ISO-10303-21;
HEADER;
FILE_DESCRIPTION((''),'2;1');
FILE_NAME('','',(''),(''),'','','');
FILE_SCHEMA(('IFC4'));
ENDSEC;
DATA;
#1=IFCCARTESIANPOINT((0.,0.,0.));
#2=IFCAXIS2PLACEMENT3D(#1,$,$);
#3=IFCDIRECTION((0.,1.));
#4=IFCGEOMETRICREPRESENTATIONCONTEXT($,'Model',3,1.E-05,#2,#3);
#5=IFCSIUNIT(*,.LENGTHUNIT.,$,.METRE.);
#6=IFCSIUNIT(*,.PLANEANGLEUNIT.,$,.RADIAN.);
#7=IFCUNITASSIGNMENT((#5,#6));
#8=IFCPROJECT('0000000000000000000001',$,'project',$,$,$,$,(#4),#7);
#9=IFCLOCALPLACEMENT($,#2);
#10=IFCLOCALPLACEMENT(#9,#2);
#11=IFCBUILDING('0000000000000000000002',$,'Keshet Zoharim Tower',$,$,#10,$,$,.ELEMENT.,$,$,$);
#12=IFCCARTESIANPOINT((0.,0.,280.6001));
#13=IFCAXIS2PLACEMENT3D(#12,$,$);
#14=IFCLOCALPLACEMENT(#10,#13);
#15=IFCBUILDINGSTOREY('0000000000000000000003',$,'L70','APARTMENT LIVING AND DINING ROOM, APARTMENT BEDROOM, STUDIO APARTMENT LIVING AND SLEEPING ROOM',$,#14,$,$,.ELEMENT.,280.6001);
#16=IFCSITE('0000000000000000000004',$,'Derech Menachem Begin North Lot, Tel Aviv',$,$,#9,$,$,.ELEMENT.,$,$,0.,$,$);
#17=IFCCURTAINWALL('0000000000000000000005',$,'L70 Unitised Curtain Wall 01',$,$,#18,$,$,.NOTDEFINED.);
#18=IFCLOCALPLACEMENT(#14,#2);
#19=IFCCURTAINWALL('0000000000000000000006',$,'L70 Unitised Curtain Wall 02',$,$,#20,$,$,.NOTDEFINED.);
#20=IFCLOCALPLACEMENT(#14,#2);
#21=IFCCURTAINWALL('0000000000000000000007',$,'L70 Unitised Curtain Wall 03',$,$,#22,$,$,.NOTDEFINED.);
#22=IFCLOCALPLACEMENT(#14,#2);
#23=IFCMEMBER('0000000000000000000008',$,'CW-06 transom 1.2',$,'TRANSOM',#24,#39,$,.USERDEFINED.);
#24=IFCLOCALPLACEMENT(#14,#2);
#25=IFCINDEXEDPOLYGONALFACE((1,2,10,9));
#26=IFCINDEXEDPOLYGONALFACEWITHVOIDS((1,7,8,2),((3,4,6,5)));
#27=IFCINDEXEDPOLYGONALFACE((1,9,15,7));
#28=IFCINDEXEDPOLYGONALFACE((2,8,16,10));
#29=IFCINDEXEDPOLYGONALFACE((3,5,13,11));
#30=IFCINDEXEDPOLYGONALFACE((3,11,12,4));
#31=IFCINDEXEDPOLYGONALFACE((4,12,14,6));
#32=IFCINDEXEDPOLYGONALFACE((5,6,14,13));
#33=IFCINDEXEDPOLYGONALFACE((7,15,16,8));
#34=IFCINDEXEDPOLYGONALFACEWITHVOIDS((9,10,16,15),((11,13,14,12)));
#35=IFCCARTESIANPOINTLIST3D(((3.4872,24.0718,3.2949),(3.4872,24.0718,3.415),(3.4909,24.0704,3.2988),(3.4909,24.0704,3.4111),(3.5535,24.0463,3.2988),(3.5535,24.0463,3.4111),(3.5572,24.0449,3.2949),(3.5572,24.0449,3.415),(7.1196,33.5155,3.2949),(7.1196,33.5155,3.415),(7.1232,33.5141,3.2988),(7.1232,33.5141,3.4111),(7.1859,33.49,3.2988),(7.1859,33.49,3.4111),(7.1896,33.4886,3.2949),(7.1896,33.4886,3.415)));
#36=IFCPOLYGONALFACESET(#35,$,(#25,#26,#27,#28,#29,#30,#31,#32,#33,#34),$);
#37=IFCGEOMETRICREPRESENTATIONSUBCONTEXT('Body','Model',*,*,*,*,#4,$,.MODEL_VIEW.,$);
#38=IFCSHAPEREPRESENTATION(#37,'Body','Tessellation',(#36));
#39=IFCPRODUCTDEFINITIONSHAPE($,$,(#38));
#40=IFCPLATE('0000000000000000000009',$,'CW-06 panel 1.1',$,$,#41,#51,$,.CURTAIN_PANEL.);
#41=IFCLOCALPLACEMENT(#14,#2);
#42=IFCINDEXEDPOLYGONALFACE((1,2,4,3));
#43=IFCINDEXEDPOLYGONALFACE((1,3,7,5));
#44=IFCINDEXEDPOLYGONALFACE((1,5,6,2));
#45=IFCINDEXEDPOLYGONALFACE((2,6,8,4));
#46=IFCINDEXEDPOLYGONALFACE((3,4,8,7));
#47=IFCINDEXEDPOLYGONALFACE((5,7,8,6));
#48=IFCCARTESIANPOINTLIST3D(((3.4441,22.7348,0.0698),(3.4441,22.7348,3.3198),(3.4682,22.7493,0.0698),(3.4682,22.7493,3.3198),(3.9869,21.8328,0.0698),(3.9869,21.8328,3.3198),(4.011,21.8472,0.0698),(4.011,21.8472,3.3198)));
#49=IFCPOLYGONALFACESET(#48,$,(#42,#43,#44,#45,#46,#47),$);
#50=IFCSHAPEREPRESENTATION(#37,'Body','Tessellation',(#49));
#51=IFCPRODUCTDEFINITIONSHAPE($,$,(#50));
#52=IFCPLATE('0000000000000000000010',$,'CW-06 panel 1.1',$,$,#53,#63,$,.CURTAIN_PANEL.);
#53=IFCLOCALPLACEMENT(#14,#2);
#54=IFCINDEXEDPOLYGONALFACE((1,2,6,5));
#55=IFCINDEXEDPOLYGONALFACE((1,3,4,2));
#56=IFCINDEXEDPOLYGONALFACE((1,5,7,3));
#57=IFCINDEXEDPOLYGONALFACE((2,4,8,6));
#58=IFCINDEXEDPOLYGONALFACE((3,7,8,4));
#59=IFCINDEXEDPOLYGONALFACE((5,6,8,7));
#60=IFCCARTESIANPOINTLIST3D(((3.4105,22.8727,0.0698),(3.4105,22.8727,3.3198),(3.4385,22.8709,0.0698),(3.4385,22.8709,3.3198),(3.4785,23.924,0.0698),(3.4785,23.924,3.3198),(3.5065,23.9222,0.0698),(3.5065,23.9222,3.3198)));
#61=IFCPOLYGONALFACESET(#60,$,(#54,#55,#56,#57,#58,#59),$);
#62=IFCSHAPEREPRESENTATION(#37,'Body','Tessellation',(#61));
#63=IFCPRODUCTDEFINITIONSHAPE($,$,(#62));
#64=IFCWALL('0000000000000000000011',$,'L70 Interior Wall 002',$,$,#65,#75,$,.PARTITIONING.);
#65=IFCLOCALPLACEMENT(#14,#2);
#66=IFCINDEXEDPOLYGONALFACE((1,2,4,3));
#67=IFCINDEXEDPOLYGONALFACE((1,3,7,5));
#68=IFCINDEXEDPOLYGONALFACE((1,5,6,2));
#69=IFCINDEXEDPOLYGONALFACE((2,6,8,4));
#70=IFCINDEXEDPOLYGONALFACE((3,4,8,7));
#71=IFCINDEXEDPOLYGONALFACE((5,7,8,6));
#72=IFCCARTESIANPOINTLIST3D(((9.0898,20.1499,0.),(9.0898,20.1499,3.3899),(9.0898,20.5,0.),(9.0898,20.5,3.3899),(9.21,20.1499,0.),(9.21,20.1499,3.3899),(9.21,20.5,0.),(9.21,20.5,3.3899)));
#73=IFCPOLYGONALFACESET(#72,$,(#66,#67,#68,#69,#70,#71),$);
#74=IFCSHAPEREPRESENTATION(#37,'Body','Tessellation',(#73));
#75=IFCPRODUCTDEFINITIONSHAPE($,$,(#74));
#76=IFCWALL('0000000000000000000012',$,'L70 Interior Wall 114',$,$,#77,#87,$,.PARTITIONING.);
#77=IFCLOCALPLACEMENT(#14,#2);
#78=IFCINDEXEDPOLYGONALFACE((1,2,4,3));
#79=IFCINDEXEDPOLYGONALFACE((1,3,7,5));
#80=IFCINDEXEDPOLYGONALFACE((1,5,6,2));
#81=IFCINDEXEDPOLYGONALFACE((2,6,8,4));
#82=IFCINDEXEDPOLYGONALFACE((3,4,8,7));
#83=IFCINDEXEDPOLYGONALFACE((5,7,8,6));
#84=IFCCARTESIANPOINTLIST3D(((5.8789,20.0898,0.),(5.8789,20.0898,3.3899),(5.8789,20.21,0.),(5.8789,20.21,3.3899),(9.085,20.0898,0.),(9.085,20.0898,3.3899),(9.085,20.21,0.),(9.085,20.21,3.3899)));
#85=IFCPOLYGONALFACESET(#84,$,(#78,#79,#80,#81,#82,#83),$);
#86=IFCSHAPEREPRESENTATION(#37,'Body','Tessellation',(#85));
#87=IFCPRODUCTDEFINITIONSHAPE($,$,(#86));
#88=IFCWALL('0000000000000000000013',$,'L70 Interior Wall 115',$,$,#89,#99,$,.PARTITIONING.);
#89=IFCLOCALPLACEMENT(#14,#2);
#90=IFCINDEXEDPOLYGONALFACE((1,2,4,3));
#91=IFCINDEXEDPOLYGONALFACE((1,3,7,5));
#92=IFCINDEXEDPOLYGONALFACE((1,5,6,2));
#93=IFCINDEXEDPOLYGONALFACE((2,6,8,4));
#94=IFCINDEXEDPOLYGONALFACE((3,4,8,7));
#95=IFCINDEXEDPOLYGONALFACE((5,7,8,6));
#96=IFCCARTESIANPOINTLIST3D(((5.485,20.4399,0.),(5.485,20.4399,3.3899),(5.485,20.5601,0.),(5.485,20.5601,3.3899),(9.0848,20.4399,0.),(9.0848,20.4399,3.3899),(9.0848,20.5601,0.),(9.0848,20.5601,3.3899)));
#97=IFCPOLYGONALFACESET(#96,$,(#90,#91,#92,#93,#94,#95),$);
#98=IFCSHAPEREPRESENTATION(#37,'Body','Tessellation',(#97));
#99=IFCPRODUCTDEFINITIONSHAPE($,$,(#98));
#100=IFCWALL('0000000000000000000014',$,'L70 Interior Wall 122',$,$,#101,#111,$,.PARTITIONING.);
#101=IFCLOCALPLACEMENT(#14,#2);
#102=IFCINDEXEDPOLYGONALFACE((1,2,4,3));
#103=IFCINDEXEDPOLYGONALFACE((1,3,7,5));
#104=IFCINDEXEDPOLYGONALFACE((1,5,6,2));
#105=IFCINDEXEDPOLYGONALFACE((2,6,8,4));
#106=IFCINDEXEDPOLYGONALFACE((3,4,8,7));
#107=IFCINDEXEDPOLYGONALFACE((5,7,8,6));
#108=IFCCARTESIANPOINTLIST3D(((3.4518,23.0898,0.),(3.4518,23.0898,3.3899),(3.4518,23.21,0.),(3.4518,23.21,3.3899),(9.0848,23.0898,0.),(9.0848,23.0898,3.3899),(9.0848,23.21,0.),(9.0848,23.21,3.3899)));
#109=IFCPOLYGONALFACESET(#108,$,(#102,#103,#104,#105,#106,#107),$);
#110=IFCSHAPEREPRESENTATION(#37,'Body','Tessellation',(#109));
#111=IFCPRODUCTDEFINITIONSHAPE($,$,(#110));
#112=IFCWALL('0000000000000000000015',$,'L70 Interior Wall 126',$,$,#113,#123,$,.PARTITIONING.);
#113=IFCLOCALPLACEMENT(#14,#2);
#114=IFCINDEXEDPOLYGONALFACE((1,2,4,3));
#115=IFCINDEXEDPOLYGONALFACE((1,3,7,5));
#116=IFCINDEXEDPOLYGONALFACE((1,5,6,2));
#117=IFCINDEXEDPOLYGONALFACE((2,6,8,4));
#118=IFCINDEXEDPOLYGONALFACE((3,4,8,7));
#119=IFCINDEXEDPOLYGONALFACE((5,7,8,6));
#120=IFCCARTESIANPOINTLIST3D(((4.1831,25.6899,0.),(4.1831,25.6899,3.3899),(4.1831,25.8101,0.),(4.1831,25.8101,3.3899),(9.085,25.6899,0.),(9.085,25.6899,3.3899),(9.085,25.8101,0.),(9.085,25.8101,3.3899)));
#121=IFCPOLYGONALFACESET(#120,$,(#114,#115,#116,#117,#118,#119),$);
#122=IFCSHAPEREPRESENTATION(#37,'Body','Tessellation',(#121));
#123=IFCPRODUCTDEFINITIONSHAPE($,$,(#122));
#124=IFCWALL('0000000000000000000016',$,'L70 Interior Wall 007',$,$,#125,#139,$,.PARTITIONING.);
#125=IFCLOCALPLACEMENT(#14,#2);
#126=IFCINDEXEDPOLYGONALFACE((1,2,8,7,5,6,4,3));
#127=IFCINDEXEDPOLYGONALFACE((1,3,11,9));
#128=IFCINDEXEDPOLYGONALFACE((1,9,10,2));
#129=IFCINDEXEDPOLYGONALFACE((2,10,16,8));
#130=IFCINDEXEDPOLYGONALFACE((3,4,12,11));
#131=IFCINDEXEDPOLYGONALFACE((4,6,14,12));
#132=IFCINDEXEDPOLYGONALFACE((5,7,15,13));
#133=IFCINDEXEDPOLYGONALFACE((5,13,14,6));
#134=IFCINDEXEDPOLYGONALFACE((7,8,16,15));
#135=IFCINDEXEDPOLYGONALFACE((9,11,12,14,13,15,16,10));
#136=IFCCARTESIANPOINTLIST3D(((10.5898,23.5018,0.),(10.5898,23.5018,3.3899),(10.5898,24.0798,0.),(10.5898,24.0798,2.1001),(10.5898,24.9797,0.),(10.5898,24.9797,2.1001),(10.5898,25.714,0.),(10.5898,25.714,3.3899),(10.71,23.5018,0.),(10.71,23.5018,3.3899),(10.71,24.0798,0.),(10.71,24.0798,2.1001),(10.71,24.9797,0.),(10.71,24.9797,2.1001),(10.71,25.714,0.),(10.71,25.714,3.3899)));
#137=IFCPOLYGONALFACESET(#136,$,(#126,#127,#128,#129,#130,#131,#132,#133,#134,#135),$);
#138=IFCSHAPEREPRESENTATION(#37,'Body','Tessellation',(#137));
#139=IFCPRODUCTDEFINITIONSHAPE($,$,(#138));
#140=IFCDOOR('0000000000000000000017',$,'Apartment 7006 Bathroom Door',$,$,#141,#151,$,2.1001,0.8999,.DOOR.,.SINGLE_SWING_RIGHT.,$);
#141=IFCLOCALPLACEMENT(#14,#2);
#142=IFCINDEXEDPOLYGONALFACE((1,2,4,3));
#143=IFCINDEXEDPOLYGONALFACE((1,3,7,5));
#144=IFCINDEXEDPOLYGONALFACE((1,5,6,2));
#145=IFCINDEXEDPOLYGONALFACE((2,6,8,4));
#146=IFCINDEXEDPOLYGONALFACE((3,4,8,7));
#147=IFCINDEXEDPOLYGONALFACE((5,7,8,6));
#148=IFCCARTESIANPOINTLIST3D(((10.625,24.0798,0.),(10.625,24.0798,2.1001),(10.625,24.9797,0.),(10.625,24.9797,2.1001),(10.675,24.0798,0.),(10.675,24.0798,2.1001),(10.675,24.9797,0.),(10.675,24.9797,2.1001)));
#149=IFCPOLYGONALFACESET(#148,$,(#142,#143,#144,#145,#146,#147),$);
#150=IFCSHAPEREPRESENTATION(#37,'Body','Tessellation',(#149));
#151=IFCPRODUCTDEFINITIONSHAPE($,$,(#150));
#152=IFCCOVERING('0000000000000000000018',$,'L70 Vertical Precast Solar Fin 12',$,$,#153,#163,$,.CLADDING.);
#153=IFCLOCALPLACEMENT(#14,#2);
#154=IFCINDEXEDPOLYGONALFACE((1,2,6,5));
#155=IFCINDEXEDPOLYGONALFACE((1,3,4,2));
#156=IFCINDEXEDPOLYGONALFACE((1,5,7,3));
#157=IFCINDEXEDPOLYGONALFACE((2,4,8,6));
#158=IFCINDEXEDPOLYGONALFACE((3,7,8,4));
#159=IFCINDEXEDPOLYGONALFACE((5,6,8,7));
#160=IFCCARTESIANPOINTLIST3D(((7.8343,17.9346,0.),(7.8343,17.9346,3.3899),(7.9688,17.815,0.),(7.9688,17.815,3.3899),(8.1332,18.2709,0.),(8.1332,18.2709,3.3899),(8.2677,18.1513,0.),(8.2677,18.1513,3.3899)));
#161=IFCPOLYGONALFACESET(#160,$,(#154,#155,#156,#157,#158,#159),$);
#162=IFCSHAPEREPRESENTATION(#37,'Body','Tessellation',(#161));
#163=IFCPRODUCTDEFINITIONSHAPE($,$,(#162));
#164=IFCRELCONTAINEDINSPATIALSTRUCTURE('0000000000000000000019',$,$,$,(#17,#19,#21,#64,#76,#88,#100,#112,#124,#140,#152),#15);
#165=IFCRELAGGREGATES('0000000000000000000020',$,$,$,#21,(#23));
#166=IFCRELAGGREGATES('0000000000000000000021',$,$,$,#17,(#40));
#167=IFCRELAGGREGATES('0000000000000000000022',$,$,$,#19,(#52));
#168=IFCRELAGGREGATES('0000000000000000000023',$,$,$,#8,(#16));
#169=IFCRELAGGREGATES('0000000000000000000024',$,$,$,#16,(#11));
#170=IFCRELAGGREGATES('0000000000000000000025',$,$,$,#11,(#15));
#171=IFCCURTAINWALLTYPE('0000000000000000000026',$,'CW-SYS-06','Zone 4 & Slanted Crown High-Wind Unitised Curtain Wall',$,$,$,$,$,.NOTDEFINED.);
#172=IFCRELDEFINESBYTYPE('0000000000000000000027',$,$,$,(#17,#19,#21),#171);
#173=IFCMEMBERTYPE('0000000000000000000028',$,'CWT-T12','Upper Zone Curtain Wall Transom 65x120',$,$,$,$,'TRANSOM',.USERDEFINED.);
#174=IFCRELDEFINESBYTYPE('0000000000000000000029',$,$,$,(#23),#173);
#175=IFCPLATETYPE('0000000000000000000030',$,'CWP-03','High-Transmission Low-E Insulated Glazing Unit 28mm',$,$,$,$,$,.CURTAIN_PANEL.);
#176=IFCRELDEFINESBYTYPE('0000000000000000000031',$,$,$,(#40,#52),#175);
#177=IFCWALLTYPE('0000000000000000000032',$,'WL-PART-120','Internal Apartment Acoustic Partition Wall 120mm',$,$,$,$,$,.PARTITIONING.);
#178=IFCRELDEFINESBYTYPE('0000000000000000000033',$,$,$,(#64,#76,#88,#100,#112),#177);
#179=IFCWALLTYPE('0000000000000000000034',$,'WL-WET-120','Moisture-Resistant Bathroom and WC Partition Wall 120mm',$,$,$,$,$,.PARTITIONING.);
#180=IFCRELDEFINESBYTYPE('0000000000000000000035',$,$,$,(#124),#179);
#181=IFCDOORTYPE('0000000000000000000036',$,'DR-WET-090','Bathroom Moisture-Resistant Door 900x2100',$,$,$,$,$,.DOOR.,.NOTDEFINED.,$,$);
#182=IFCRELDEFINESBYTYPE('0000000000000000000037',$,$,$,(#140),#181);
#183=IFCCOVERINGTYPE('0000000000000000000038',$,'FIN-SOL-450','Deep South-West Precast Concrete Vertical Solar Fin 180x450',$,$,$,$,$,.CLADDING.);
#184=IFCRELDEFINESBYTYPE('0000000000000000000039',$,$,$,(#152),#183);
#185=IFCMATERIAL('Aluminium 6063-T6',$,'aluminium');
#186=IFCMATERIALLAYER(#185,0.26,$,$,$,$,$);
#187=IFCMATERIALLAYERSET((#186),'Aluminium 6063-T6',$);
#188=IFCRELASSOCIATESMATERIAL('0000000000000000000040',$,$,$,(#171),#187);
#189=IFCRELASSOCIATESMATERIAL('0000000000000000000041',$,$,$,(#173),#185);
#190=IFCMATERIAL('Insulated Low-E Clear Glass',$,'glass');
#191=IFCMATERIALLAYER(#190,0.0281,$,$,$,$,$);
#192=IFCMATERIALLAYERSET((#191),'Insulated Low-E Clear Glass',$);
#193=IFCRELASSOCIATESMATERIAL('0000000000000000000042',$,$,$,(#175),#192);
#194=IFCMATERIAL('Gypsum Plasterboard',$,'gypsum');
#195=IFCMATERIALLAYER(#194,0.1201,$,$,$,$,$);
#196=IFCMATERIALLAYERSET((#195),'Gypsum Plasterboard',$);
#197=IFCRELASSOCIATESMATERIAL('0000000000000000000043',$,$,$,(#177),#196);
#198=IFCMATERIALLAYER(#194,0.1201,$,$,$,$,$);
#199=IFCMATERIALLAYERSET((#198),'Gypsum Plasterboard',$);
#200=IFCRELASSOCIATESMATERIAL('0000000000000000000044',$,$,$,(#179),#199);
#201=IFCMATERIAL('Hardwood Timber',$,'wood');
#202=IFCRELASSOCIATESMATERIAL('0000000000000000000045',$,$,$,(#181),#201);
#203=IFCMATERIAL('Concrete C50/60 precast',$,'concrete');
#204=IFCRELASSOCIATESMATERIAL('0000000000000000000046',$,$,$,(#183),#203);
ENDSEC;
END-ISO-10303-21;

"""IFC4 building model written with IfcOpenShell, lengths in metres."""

from ifc_helpers import new_model, si_unit, direction, frame, frame_2d, origin, origin_2d, place, context, subcontext, project, spatial, rectangle, hollow_rectangle, extrude, material, layer, layer_set, material_profile, profile_set, type_object, element, fill, aggregate, save


model = new_model("IFC4")

# Units and contexts
model_context = context("Model", 3, precision=1e-05, world=origin(), true_north=direction((0.0, 1.0)))
body_context = subcontext(model_context, "Body", "Model", "MODEL_VIEW")
ifc_project = project(units=[si_unit("LENGTHUNIT", "METRE"), si_unit("PLANEANGLEUNIT", "RADIAN")], contexts=[model_context])

# Site, building, storey
site_placement = place(None, origin())
site = spatial("IfcSite", under=ifc_project, at=site_placement, Name="Derech Menachem Begin North Lot, Tel Aviv", CompositionType="ELEMENT", RefElevation=0.0)
building_placement = place(site_placement, origin())
building = spatial("IfcBuilding", under=site, at=building_placement, Name="Keshet Zoharim Tower", CompositionType="ELEMENT")
storey_placement = place(building_placement, frame((0.0, 0.0, 280.6001)))
storey = spatial("IfcBuildingStorey", under=building, at=storey_placement, Name="L70", Description="APARTMENT LIVING AND DINING ROOM, APARTMENT BEDROOM, STUDIO APARTMENT LIVING AND SLEEPING ROOM", CompositionType="ELEMENT", Elevation=280.6001)

# Curtain walls
ifc_material_1 = material(Name="Aluminium 6063-T6", Category="aluminium")
ifc_layer_1 = layer(ifc_material_1, 0.26)
ifc_layer_set_1 = layer_set([ifc_layer_1], Name="Aluminium 6063-T6")
curtain_wall_type = type_object("IfcCurtainWallType", Name="CW-SYS-06", Description="Zone 4 & Slanted Crown High-Wind Unitised Curtain Wall", PredefinedType="NOTDEFINED", material=ifc_layer_set_1)
curtain_wall_1_placement = place(storey_placement, origin())
curtain_wall_1 = element("IfcCurtainWall", 1, at=curtain_wall_1_placement, inside=storey, type_object=curtain_wall_type, Name="L70 Unitised Curtain Wall 01", PredefinedType="NOTDEFINED")
curtain_wall_2_placement = place(storey_placement, origin())
curtain_wall_2 = element("IfcCurtainWall", 2, at=curtain_wall_2_placement, inside=storey, type_object=curtain_wall_type, Name="L70 Unitised Curtain Wall 02", PredefinedType="NOTDEFINED")

# Curtain wall
curtain_wall_3_placement = place(storey_placement, origin())
curtain_wall_3 = element("IfcCurtainWall", 3, at=curtain_wall_3_placement, inside=storey, type_object=curtain_wall_type, Name="L70 Unitised Curtain Wall 03", PredefinedType="NOTDEFINED")

# Member
ifc_material_profile_1 = material_profile(ifc_material_1, hollow_rectangle(XDim=0.075, YDim=0.1201, WallThickness=0.0039, at=origin_2d()), Name="TRN-75x120")
ifc_profile_set_1 = profile_set([ifc_material_profile_1], Name="Aluminium 6063-T6")
member_type_1 = type_object("IfcMemberType", Name="CWT-T12", Description="Upper Zone Curtain Wall Transom 65x120", ElementType="TRANSOM", PredefinedType="USERDEFINED", material=ifc_profile_set_1)
member_1_placement = place(storey_placement, frame((3.5222, 24.0583, 3.355), z_axis=(0.358994, 0.93334, 0.0), x_axis=(-0.93334, 0.358994, 0.0)))
member_1 = element("IfcMember", 4, at=member_1_placement, type_object=member_type_1, Name="CW-06 transom 1.2", ObjectType="TRANSOM", PredefinedType="USERDEFINED", context=body_context, shape_type="SweptSolid", body=[
    extrude(hollow_rectangle(XDim=0.075, YDim=0.1201, WallThickness=0.0039, at=origin_2d()), origin(), (0.0, 0.0, 1.0), 10.1182),
])
aggregate(curtain_wall_3, [member_1])

# Plates
ifc_material_2 = material(Name="Insulated Low-E Clear Glass", Category="glass")
ifc_layer_2 = layer(ifc_material_2, 0.0281)
ifc_layer_set_2 = layer_set([ifc_layer_2], Name="Insulated Low-E Clear Glass")
plate_type = type_object("IfcPlateType", Name="CWP-03", Description="High-Transmission Low-E Insulated Glazing Unit 28mm", PredefinedType="CURTAIN_PANEL", material=ifc_layer_set_2)
plate_1_placement = place(storey_placement, frame((3.7275, 22.291, 0.0698), z_axis=(0.0, 0.0, 1.0), x_axis=(-0.515605, 0.856826, 0.0)))
plate_1 = element("IfcPlate", 5, at=plate_1_placement, type_object=plate_type, Name="CW-06 panel 1.1", PredefinedType="CURTAIN_PANEL", context=body_context, shape_type="SweptSolid", body=[
    extrude(rectangle(XDim=1.0527, YDim=0.0281, at=origin_2d()), origin(), (0.0, 0.0, 1.0), 3.25),
])
aggregate(curtain_wall_1, [plate_1])
plate_2_placement = place(storey_placement, frame((3.4585, 23.3975, 0.0698), z_axis=(0.0, 0.0, 1.0), x_axis=(0.064517, 0.997917, 0.0)))
plate_2 = element("IfcPlate", 6, at=plate_2_placement, type_object=plate_type, Name="CW-06 panel 1.1", PredefinedType="CURTAIN_PANEL", context=body_context, shape_type="SweptSolid", body=[
    extrude(rectangle(XDim=1.0535, YDim=0.0281, at=origin_2d()), origin(), (0.0, 0.0, 1.0), 3.25),
])
aggregate(curtain_wall_2, [plate_2])

# Shared definitions
ifc_material_3 = material(Name="Hardwood Timber", Category="wood")

# Wall
ifc_material_4 = material(Name="Gypsum Plasterboard", Category="gypsum")
ifc_layer_3 = layer(ifc_material_4, 0.1201)
ifc_layer_set_3 = layer_set([ifc_layer_3], Name="Gypsum Plasterboard")
wall_type_1 = type_object("IfcWallType", Name="WL-PART-120", Description="Internal Apartment Acoustic Partition Wall 120mm", PredefinedType="PARTITIONING", material=ifc_layer_set_3)
wall_1_placement = place(storey_placement, frame((9.1499, 20.1499, 0.0), z_axis=(0.0, 0.0, 1.0), x_axis=(0.0, 1.0, 0.0)))
element("IfcWall", 7, at=wall_1_placement, inside=storey, type_object=wall_type_1, Name="L70 Interior Wall 002", PredefinedType="PARTITIONING", context=body_context, shape_type="SweptSolid", body=[
    extrude(rectangle(XDim=0.3501, YDim=0.1201, at=frame_2d((0.175, 0.0))), origin(), (0.0, 0.0, 1.0), 3.3899),
])

# Walls
wall_2_placement = place(storey_placement, frame((5.8789, 20.1499, 0.0), z_axis=(0.0, 0.0, 1.0), x_axis=(1.0, 0.0, 0.0)))
element("IfcWall", 8, at=wall_2_placement, inside=storey, type_object=wall_type_1, Name="L70 Interior Wall 114", PredefinedType="PARTITIONING", context=body_context, shape_type="SweptSolid", body=[
    extrude(rectangle(XDim=3.2061, YDim=0.1201, at=frame_2d((1.603, 0.0))), origin(), (0.0, 0.0, 1.0), 3.3899),
])
wall_3_placement = place(storey_placement, frame((5.4851, 20.5, 0.0), z_axis=(0.0, 0.0, 1.0), x_axis=(1.0, 0.0, 0.0)))
element("IfcWall", 9, at=wall_3_placement, inside=storey, type_object=wall_type_1, Name="L70 Interior Wall 115", PredefinedType="PARTITIONING", context=body_context, shape_type="SweptSolid", body=[
    extrude(rectangle(XDim=3.5999, YDim=0.1201, at=frame_2d((1.7998, 0.0))), origin(), (0.0, 0.0, 1.0), 3.3899),
])
wall_4_placement = place(storey_placement, frame((3.4519, 23.1499, 0.0), z_axis=(0.0, 0.0, 1.0), x_axis=(1.0, 0.0, 0.0)))
element("IfcWall", 10, at=wall_4_placement, inside=storey, type_object=wall_type_1, Name="L70 Interior Wall 122", PredefinedType="PARTITIONING", context=body_context, shape_type="SweptSolid", body=[
    extrude(rectangle(XDim=5.6331, YDim=0.1201, at=frame_2d((2.8164, 0.0))), origin(), (0.0, 0.0, 1.0), 3.3899),
])
wall_5_placement = place(storey_placement, frame((4.1831, 25.75, 0.0), z_axis=(0.0, 0.0, 1.0), x_axis=(1.0, 0.0, 0.0)))
element("IfcWall", 11, at=wall_5_placement, inside=storey, type_object=wall_type_1, Name="L70 Interior Wall 126", PredefinedType="PARTITIONING", context=body_context, shape_type="SweptSolid", body=[
    extrude(rectangle(XDim=4.9019, YDim=0.1201, at=frame_2d((2.4509, 0.0))), origin(), (0.0, 0.0, 1.0), 3.3899),
])

# Wall, opening, door
ifc_layer_4 = layer(ifc_material_4, 0.1201)
ifc_layer_set_4 = layer_set([ifc_layer_4], Name="Gypsum Plasterboard")
wall_type_2 = type_object("IfcWallType", Name="WL-WET-120", Description="Moisture-Resistant Bathroom and WC Partition Wall 120mm", PredefinedType="PARTITIONING", material=ifc_layer_set_4)
wall_6_placement = place(storey_placement, frame((10.6499, 23.502, 0.0), z_axis=(0.0, 0.0, 1.0), x_axis=(0.0, 1.0, 0.0)))
wall_6 = element("IfcWall", 12, at=wall_6_placement, inside=storey, type_object=wall_type_2, Name="L70 Interior Wall 007", PredefinedType="PARTITIONING", context=body_context, shape_type="SweptSolid", body=[
    extrude(rectangle(XDim=2.2122, YDim=0.1201, at=frame_2d((1.106, 0.0))), origin(), (0.0, 0.0, 1.0), 3.3899),
])
opening_1_placement = place(wall_6_placement, frame((0.5779, 0.0, 0.0)))
opening_1 = element("IfcOpeningElement", 13, at=opening_1_placement, cuts=wall_6, PredefinedType="OPENING", context=body_context, shape_type="SweptSolid", body=[
    extrude(rectangle(XDim=0.8999, YDim=2.1001, at=frame_2d((0.45, 1.05))), frame((0.0, 0.0701, 0.0), z_axis=(0.0, -1.0, 0.0), x_axis=(1.0, 0.0, 0.0)), (0.0, 0.0, 1.0), 0.1401),
])
door_type_1 = type_object("IfcDoorType", Name="DR-WET-090", Description="Bathroom Moisture-Resistant Door 900x2100", OperationType="NOTDEFINED", PredefinedType="DOOR", material=ifc_material_3)
door_1_placement = place(opening_1_placement, origin())
door_1 = element("IfcDoor", 14, at=door_1_placement, inside=storey, type_object=door_type_1, Name="Apartment 7006 Bathroom Door", OperationType="SINGLE_SWING_RIGHT", OverallHeight=2.1001, OverallWidth=0.8999, PredefinedType="DOOR", context=body_context, shape_type="SweptSolid", body=[
    extrude(rectangle(XDim=0.8999, YDim=2.1001, at=frame_2d((0.45, 1.05))), frame((0.0, 0.0249, 0.0), z_axis=(0.0, -1.0, 0.0), x_axis=(1.0, 0.0, 0.0)), (0.0, 0.0, 1.0), 0.05),
])
fill(opening_1, door_1)

# Covering
ifc_material_5 = material(Name="Concrete C50/60 precast", Category="concrete")
covering_type = type_object("IfcCoveringType", Name="FIN-SOL-450", Description="Deep South-West Precast Concrete Vertical Solar Fin 180x450", PredefinedType="CLADDING", material=ifc_material_5)
covering_placement = place(storey_placement, frame((8.051, 18.043, 0.0), z_axis=(0.0, 0.0, 1.0), x_axis=(-0.747412, 0.664361, 0.0)))
element("IfcCovering", 15, at=covering_placement, inside=storey, type_object=covering_type, Name="L70 Vertical Precast Solar Fin 12", PredefinedType="CLADDING", context=body_context, shape_type="SweptSolid", body=[
    extrude(rectangle(XDim=0.1799, YDim=0.45, at=origin_2d()), origin(), (0.0, 0.0, 1.0), 3.3899),
])

save(model, "model.ifc")
